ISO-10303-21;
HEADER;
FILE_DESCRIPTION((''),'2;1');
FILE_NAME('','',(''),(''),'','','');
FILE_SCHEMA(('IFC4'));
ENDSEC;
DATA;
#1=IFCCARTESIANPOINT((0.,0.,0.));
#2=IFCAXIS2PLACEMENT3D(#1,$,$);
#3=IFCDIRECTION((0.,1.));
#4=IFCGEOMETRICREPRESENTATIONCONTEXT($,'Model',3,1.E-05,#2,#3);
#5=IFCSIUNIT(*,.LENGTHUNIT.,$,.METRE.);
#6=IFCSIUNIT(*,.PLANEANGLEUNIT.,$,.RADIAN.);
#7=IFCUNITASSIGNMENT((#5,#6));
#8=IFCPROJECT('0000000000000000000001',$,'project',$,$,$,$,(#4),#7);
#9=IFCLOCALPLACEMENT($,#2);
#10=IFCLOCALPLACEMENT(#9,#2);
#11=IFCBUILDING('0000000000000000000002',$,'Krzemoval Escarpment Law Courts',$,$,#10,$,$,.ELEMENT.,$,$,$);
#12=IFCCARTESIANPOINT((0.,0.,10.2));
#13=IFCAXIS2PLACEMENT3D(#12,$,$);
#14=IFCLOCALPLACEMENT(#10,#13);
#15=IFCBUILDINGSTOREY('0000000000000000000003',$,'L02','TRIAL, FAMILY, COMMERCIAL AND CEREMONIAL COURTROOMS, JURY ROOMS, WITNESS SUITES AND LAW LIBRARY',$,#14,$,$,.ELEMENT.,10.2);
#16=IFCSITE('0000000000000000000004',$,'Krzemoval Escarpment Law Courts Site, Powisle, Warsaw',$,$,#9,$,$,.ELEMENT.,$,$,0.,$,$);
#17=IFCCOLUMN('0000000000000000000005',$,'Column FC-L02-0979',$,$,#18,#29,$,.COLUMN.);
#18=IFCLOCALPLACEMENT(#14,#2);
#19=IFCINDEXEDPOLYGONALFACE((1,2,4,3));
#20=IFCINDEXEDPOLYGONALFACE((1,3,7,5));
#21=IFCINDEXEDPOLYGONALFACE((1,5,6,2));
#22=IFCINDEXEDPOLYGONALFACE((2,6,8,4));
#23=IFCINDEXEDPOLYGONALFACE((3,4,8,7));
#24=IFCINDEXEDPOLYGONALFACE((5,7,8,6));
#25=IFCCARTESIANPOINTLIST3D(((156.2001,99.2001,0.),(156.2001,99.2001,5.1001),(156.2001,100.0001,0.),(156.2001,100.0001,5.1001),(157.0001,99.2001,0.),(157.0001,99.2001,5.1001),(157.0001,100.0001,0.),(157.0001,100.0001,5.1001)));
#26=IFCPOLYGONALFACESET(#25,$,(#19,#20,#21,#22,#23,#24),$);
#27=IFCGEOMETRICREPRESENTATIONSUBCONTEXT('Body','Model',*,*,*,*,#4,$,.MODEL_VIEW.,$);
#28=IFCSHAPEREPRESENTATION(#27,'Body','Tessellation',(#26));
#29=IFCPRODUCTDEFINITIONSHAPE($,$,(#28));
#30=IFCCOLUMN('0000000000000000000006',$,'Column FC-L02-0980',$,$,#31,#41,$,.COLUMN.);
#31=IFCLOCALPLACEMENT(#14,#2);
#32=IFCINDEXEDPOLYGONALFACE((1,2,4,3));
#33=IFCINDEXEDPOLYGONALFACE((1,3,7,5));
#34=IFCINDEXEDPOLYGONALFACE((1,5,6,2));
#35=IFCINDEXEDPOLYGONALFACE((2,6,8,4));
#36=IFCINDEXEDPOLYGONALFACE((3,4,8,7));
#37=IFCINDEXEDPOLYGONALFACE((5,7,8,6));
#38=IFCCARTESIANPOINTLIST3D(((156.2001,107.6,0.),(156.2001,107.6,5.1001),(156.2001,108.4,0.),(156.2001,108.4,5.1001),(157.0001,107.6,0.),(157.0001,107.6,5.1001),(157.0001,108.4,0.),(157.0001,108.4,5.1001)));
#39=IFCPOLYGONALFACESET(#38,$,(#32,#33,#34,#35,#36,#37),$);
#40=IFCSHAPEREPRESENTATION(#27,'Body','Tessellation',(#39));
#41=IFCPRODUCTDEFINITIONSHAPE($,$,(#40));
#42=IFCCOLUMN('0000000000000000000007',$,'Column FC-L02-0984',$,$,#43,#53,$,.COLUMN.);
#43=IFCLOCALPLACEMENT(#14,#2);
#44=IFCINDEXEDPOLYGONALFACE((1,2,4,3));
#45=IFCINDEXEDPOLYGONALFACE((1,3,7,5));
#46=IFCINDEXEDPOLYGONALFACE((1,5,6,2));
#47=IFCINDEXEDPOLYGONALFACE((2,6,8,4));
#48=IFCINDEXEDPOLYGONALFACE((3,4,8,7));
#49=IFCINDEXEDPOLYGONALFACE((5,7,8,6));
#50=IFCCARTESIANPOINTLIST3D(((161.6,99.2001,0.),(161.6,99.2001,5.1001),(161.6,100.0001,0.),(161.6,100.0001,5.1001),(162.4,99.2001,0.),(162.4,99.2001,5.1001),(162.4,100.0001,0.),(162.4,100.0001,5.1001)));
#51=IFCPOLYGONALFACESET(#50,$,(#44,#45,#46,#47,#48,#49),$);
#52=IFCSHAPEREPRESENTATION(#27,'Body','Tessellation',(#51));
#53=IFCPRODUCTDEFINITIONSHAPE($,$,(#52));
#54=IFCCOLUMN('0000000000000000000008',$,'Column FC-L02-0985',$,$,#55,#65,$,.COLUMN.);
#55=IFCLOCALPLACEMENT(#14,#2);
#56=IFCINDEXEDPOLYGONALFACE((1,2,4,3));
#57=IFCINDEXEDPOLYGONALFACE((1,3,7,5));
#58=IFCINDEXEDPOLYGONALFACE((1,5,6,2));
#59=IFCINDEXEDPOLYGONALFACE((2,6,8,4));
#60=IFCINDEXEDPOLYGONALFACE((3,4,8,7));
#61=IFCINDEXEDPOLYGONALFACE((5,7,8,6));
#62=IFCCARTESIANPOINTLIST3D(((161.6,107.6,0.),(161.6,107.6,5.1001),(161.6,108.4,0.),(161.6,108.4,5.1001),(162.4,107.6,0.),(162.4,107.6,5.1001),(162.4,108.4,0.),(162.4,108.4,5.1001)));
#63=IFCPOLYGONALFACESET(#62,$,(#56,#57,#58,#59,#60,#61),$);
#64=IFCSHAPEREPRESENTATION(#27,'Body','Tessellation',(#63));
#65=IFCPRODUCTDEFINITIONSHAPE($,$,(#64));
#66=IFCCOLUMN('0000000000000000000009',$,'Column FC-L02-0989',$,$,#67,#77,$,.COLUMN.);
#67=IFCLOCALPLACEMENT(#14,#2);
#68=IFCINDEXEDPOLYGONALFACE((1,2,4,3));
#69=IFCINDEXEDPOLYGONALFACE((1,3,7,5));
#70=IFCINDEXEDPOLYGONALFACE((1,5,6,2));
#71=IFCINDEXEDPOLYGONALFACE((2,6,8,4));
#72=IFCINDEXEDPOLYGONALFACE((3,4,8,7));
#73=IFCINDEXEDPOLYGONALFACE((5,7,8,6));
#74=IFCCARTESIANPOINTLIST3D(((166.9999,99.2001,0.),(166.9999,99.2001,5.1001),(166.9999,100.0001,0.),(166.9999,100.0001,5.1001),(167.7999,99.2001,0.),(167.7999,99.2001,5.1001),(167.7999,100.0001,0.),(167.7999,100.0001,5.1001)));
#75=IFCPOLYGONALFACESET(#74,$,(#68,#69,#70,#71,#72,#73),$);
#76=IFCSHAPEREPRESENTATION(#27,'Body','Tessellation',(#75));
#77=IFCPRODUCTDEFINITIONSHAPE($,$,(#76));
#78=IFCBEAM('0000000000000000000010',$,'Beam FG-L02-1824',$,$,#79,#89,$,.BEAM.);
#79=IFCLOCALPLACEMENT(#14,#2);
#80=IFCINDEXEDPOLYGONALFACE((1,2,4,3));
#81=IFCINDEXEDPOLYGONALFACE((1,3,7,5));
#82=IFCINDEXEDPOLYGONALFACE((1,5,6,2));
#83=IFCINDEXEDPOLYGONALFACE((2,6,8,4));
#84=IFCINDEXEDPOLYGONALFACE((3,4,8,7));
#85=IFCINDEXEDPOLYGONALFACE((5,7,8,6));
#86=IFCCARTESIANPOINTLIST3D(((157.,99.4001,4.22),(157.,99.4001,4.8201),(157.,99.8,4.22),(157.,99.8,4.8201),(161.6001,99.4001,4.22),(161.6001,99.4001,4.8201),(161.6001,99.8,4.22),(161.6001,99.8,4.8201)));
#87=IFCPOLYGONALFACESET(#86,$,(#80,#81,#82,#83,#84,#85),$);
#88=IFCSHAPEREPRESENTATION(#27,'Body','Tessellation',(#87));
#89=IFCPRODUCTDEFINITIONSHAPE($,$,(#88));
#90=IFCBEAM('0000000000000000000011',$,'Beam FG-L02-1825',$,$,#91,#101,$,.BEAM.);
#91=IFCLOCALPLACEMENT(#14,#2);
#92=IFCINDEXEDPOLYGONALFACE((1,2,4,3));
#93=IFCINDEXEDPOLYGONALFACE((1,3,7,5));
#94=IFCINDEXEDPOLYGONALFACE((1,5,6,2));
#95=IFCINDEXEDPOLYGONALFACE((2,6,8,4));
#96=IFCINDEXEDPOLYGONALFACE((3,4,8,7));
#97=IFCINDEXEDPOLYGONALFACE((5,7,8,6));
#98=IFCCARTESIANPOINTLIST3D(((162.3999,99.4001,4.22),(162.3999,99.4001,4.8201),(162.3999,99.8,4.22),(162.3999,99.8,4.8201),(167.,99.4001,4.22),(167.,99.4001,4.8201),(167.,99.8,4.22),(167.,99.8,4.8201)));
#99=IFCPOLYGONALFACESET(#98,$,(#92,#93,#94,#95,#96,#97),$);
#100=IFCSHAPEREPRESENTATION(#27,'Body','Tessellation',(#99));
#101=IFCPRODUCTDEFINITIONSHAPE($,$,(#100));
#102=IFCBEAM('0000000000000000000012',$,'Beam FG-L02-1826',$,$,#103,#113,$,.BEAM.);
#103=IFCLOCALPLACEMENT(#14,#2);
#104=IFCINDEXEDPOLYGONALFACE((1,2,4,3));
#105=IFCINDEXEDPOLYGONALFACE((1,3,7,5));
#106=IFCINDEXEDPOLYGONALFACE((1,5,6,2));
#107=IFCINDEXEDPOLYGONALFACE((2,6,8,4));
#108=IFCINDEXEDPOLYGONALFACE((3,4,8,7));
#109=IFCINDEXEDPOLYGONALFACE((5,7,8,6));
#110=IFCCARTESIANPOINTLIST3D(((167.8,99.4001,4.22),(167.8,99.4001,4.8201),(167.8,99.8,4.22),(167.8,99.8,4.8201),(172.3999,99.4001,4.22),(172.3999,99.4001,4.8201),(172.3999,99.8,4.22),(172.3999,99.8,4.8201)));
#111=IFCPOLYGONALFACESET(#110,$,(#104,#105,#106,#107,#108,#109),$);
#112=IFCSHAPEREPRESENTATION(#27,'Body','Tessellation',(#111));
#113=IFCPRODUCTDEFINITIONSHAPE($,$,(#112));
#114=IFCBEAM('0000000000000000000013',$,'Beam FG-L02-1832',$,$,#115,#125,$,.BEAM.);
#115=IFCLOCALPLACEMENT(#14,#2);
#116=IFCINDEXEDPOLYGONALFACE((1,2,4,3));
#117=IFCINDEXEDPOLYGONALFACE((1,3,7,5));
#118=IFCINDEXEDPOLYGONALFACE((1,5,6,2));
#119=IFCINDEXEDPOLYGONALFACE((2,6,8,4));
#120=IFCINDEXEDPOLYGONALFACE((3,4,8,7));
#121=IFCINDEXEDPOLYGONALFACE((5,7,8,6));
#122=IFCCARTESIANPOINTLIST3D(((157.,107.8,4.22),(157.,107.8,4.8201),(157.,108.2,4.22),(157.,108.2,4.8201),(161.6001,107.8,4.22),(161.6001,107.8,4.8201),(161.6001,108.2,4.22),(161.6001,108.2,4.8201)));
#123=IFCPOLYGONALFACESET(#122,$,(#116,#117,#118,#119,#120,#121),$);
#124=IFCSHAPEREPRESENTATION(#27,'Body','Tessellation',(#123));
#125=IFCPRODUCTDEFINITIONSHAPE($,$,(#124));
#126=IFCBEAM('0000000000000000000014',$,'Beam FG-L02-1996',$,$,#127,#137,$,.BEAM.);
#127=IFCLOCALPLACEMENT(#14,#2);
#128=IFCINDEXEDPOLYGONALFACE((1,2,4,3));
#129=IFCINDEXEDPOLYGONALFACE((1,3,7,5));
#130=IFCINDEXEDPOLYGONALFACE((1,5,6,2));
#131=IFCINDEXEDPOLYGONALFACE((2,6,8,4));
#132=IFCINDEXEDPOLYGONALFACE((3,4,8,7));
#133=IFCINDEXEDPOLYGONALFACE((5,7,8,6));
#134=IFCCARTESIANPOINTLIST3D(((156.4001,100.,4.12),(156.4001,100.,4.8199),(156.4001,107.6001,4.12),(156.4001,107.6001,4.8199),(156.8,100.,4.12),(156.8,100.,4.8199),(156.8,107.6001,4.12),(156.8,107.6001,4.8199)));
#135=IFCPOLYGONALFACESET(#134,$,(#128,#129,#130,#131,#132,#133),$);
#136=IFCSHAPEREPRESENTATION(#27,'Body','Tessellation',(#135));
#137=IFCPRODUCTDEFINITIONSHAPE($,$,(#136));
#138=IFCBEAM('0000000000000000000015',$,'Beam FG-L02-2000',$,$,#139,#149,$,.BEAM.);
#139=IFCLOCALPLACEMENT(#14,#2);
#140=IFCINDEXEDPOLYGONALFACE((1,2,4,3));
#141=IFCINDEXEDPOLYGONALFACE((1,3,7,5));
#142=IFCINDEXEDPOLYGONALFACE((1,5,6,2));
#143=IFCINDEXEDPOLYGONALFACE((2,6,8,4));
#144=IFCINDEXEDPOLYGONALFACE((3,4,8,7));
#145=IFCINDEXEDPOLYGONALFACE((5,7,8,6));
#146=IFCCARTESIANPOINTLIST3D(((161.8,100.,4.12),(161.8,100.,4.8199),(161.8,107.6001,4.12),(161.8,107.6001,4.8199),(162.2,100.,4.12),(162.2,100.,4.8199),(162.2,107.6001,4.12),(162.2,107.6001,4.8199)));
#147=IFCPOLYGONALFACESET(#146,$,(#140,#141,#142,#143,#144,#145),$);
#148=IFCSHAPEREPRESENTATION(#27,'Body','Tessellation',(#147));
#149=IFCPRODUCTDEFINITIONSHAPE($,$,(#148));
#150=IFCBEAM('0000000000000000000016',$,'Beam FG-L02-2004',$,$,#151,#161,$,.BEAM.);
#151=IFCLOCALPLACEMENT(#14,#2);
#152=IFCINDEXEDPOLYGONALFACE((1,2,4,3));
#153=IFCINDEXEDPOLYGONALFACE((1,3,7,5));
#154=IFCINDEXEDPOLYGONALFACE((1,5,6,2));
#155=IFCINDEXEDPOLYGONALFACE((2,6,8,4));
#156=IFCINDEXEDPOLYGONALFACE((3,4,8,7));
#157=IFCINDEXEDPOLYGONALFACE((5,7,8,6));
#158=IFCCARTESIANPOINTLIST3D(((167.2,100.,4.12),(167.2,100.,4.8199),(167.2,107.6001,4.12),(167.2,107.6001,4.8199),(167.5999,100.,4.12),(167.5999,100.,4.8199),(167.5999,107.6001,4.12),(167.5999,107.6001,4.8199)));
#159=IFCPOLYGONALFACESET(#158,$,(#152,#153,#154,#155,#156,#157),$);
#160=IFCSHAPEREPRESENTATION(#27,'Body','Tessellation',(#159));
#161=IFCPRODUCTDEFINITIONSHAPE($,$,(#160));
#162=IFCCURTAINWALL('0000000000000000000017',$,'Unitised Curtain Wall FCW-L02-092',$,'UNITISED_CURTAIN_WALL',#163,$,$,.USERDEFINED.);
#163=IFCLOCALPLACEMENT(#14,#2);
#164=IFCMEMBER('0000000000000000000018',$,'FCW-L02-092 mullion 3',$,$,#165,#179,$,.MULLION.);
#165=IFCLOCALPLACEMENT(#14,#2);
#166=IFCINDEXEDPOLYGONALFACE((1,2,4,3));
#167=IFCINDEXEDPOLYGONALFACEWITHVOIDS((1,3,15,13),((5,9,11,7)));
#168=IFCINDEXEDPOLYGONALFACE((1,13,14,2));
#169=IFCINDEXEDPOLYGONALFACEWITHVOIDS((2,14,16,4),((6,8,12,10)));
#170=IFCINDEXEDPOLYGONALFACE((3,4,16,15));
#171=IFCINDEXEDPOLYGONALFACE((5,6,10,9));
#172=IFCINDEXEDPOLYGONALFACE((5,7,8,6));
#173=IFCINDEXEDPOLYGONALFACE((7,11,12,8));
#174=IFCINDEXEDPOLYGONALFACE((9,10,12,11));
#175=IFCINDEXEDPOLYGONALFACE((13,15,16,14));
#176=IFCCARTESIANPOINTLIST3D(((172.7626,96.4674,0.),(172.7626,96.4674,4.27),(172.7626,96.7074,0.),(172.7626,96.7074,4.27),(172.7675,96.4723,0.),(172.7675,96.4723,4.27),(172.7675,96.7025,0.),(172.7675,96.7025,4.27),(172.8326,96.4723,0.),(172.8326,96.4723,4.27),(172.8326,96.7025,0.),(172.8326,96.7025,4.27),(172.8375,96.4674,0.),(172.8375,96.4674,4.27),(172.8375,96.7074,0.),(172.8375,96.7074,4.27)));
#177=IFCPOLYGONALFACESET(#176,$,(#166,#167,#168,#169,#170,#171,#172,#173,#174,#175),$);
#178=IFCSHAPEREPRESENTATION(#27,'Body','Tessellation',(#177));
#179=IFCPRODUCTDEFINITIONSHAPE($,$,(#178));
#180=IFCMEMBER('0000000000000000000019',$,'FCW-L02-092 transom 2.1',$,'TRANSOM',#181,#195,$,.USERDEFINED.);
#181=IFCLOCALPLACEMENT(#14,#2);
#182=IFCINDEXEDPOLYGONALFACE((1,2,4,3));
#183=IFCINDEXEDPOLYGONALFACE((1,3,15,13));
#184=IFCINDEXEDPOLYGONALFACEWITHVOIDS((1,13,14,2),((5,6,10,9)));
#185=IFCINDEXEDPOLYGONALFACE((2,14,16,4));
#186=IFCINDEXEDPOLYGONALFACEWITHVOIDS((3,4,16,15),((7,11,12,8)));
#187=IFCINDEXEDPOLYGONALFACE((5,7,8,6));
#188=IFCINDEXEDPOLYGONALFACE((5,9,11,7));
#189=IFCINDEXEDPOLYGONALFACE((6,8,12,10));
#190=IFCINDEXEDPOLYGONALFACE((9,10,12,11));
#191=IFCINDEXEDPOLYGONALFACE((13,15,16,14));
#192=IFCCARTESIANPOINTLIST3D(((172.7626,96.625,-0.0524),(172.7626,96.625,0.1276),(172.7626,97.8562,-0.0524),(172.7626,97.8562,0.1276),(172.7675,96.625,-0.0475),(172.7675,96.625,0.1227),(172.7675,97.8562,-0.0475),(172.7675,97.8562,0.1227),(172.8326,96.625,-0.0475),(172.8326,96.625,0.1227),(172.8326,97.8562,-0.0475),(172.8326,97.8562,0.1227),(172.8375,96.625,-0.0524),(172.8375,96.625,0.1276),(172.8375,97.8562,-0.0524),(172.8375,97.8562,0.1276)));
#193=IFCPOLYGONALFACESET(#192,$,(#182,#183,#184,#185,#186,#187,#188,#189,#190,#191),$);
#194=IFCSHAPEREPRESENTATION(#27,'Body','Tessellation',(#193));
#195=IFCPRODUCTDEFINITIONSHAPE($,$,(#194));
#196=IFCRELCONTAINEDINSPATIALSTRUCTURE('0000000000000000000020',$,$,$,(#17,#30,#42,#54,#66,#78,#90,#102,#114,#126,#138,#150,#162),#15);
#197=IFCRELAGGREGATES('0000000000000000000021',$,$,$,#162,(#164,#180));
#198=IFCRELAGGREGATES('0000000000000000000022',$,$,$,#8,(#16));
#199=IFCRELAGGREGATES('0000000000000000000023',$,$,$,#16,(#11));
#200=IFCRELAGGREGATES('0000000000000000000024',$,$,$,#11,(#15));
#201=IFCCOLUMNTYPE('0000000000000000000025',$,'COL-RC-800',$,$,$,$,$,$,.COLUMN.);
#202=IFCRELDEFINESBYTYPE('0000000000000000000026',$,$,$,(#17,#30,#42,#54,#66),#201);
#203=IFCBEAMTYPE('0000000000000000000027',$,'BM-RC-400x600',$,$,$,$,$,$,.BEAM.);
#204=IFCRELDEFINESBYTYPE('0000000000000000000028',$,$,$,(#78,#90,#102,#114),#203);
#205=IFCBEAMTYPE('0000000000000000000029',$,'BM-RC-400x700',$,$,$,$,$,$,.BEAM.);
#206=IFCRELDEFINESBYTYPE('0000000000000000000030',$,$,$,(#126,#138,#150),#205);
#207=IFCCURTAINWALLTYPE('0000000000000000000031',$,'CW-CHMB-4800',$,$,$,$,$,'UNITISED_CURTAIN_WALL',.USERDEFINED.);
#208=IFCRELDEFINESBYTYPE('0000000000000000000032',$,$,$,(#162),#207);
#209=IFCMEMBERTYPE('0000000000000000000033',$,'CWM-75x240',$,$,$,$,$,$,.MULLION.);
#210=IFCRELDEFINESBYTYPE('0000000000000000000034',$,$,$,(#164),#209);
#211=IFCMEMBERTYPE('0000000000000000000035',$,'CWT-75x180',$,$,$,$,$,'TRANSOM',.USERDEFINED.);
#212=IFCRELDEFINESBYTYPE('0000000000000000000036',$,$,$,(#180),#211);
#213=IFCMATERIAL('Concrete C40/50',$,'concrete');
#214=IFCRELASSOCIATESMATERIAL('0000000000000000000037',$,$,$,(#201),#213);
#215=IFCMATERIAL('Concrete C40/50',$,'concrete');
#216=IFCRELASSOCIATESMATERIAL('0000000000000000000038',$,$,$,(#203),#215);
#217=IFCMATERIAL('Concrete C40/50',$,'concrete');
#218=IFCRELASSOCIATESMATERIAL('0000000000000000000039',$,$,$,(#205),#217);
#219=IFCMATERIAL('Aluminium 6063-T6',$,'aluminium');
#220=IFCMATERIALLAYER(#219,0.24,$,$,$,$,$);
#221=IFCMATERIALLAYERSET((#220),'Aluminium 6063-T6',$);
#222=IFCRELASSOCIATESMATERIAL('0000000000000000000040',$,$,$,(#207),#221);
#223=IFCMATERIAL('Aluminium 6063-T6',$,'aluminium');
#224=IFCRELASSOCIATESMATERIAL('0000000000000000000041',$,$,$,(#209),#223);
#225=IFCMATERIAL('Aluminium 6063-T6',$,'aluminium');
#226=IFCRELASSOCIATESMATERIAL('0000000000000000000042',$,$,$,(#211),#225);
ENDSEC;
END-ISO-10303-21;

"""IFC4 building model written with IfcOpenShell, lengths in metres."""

from ifc_helpers import new_model, si_unit, direction, frame, origin, origin_2d, place, context, subcontext, project, spatial, rectangle, hollow_rectangle, extrude, material, layer, layer_set, material_profile, profile_set, type_object, element, aggregate, save


model = new_model("IFC4")

# Units and contexts
model_context = context("Model", 3, precision=1e-05, world=origin(), true_north=direction((0.0, 1.0)))
body_context = subcontext(model_context, "Body", "Model", "MODEL_VIEW")
ifc_project = project(units=[si_unit("LENGTHUNIT", "METRE"), si_unit("PLANEANGLEUNIT", "RADIAN")], contexts=[model_context])

# Site, building, storey
site_placement = place(None, origin())
site = spatial("IfcSite", under=ifc_project, at=site_placement, Name="Krzemoval Escarpment Law Courts Site, Powisle, Warsaw", CompositionType="ELEMENT", RefElevation=0.0)
building_placement = place(site_placement, origin())
building = spatial("IfcBuilding", under=site, at=building_placement, Name="Krzemoval Escarpment Law Courts", CompositionType="ELEMENT")
storey_placement = place(building_placement, frame((0.0, 0.0, 10.2)))
storey = spatial("IfcBuildingStorey", under=building, at=storey_placement, Name="L02", Description="TRIAL, FAMILY, COMMERCIAL AND CEREMONIAL COURTROOMS, JURY ROOMS, WITNESS SUITES AND LAW LIBRARY", CompositionType="ELEMENT", Elevation=10.2)

# Columns
ifc_material_1 = material(Name="Concrete C40/50", Category="concrete")
ifc_material_profile_1 = material_profile(ifc_material_1, rectangle(XDim=0.8, YDim=0.8, at=origin_2d()), Name="RC 800x800")
ifc_profile_set_1 = profile_set([ifc_material_profile_1], Name="Concrete C40/50")
column_type = type_object("IfcColumnType", Name="COL-RC-800", PredefinedType="COLUMN", material=ifc_profile_set_1)
for number, where, z_axis, x_axis, name in (
    (1, (156.6001, 99.6001, 0.0), (0.0, 0.0, 1.0), (1.0, 0.0, 0.0), "Column FC-L02-0979"),
    (2, (156.6001, 108.0, 0.0), (0.0, 0.0, 1.0), (1.0, 0.0, 0.0), "Column FC-L02-0980"),
    (3, (162.0, 99.6001, 0.0), (0.0, 0.0, 1.0), (1.0, 0.0, 0.0), "Column FC-L02-0984"),
    (4, (162.0, 108.0, 0.0), (0.0, 0.0, 1.0), (1.0, 0.0, 0.0), "Column FC-L02-0985"),
    (5, (167.3999, 99.6001, 0.0), (0.0, 0.0, 1.0), (1.0, 0.0, 0.0), "Column FC-L02-0989"),
):
    element("IfcColumn", number, at=place(storey_placement, frame(where, z_axis=z_axis, x_axis=x_axis)), inside=storey, type_object=column_type, Name=name, PredefinedType="COLUMN", context=body_context, shape_type="SweptSolid", body=[
        extrude(rectangle(XDim=0.8, YDim=0.8, at=origin_2d()), origin(), (0.0, 0.0, 1.0), 5.1001),
    ])

# Beams
ifc_material_2 = material(Name="Concrete C40/50", Category="concrete")
ifc_material_profile_2 = material_profile(ifc_material_2, rectangle(XDim=0.3999, YDim=0.6001, at=origin_2d()), Name="RCB 400x600")
ifc_profile_set_2 = profile_set([ifc_material_profile_2], Name="Concrete C40/50")
beam_type_1 = type_object("IfcBeamType", Name="BM-RC-400x600", PredefinedType="BEAM", material=ifc_profile_set_2)
for number, where, z_axis, x_axis, name in (
    (6, (157.0, 99.6001, 4.52), (1.0, 0.0, 0.0), (0.0, 1.0, 0.0), "Beam FG-L02-1824"),
    (7, (162.3999, 99.6001, 4.52), (1.0, 0.0, 0.0), (0.0, 1.0, 0.0), "Beam FG-L02-1825"),
):
    element("IfcBeam", number, at=place(storey_placement, frame(where, z_axis=z_axis, x_axis=x_axis)), inside=storey, type_object=beam_type_1, Name=name, PredefinedType="BEAM", context=body_context, shape_type="SweptSolid", body=[
        extrude(rectangle(XDim=0.3999, YDim=0.6001, at=origin_2d()), origin(), (0.0, 0.0, 1.0), 4.6001),
    ])
beam_1_placement = place(storey_placement, frame((167.8, 99.6001, 4.52), z_axis=(1.0, 0.0, 0.0), x_axis=(0.0, 1.0, 0.0)))
element("IfcBeam", 8, at=beam_1_placement, inside=storey, type_object=beam_type_1, Name="Beam FG-L02-1826", PredefinedType="BEAM", context=body_context, shape_type="SweptSolid", body=[
    extrude(rectangle(XDim=0.3999, YDim=0.6001, at=origin_2d()), origin(), (0.0, 0.0, 1.0), 4.5999),
])
beam_2_placement = place(storey_placement, frame((157.0, 108.0, 4.52), z_axis=(1.0, 0.0, 0.0), x_axis=(0.0, 1.0, 0.0)))
element("IfcBeam", 9, at=beam_2_placement, inside=storey, type_object=beam_type_1, Name="Beam FG-L02-1832", PredefinedType="BEAM", context=body_context, shape_type="SweptSolid", body=[
    extrude(rectangle(XDim=0.3999, YDim=0.6001, at=origin_2d()), origin(), (0.0, 0.0, 1.0), 4.6001),
])
ifc_material_3 = material(Name="Concrete C40/50", Category="concrete")
ifc_material_profile_3 = material_profile(ifc_material_3, rectangle(XDim=0.3999, YDim=0.7, at=origin_2d()), Name="RCB 400x700")
ifc_profile_set_3 = profile_set([ifc_material_profile_3], Name="Concrete C40/50")
beam_type_2 = type_object("IfcBeamType", Name="BM-RC-400x700", PredefinedType="BEAM", material=ifc_profile_set_3)
for number, where, z_axis, x_axis, name in (
    (10, (156.6001, 100.0, 4.47), (0.0, 1.0, 0.0), (-1.0, 0.0, 0.0), "Beam FG-L02-1996"),
    (11, (162.0, 100.0, 4.47), (0.0, 1.0, 0.0), (-1.0, 0.0, 0.0), "Beam FG-L02-2000"),
    (12, (167.3999, 100.0, 4.47), (0.0, 1.0, 0.0), (-1.0, 0.0, 0.0), "Beam FG-L02-2004"),
):
    element("IfcBeam", number, at=place(storey_placement, frame(where, z_axis=z_axis, x_axis=x_axis)), inside=storey, type_object=beam_type_2, Name=name, PredefinedType="BEAM", context=body_context, shape_type="SweptSolid", body=[
        extrude(rectangle(XDim=0.3999, YDim=0.7, at=origin_2d()), origin(), (0.0, 0.0, 1.0), 7.6001),
    ])

# Curtain wall, members
ifc_material_4 = material(Name="Aluminium 6063-T6", Category="aluminium")
ifc_layer_1 = layer(ifc_material_4, 0.24)
ifc_layer_set_1 = layer_set([ifc_layer_1], Name="Aluminium 6063-T6")
curtain_wall_type = type_object("IfcCurtainWallType", Name="CW-CHMB-4800", ElementType="UNITISED_CURTAIN_WALL", PredefinedType="USERDEFINED", material=ifc_layer_set_1)
curtain_wall_placement = place(storey_placement, origin())
curtain_wall = element("IfcCurtainWall", 13, at=curtain_wall_placement, inside=storey, type_object=curtain_wall_type, Name="Unitised Curtain Wall FCW-L02-092", ObjectType="UNITISED_CURTAIN_WALL", PredefinedType="USERDEFINED")
ifc_material_5 = material(Name="Aluminium 6063-T6", Category="aluminium")
ifc_material_profile_4 = material_profile(ifc_material_5, hollow_rectangle(XDim=0.075, YDim=0.24, WallThickness=0.0049, at=origin_2d()), Name="ALU M75x240")
ifc_profile_set_4 = profile_set([ifc_material_profile_4], Name="Aluminium 6063-T6")
member_type_1 = type_object("IfcMemberType", Name="CWM-75x240", PredefinedType="MULLION", material=ifc_profile_set_4)
member_1_placement = place(storey_placement, frame((172.8, 96.5874, 0.0), z_axis=(0.0, 0.0, 1.0), x_axis=(1.0, 0.0, 0.0)))
member_1 = element("IfcMember", 14, at=member_1_placement, type_object=member_type_1, Name="FCW-L02-092 mullion 3", PredefinedType="MULLION", context=body_context, shape_type="SweptSolid", body=[
    extrude(hollow_rectangle(XDim=0.075, YDim=0.24, WallThickness=0.0049, at=origin_2d()), origin(), (0.0, 0.0, 1.0), 4.27),
])
ifc_material_6 = material(Name="Aluminium 6063-T6", Category="aluminium")
ifc_material_profile_5 = material_profile(ifc_material_6, hollow_rectangle(XDim=0.075, YDim=0.1799, WallThickness=0.0049, at=origin_2d()), Name="ALU T75x180")
ifc_profile_set_5 = profile_set([ifc_material_profile_5], Name="Aluminium 6063-T6")
member_type_2 = type_object("IfcMemberType", Name="CWT-75x180", ElementType="TRANSOM", PredefinedType="USERDEFINED", material=ifc_profile_set_5)
member_2_placement = place(storey_placement, frame((172.8, 97.8562, 0.0376), z_axis=(0.0, -1.0, 0.0), x_axis=(1.0, 0.0, 0.0)))
member_2 = element("IfcMember", 15, at=member_2_placement, type_object=member_type_2, Name="FCW-L02-092 transom 2.1", ObjectType="TRANSOM", PredefinedType="USERDEFINED", context=body_context, shape_type="SweptSolid", body=[
    extrude(hollow_rectangle(XDim=0.075, YDim=0.1799, WallThickness=0.0049, at=origin_2d()), origin(), (0.0, 0.0, 1.0), 1.2312),
])
aggregate(curtain_wall, [member_1, member_2])

save(model, "model.ifc")
